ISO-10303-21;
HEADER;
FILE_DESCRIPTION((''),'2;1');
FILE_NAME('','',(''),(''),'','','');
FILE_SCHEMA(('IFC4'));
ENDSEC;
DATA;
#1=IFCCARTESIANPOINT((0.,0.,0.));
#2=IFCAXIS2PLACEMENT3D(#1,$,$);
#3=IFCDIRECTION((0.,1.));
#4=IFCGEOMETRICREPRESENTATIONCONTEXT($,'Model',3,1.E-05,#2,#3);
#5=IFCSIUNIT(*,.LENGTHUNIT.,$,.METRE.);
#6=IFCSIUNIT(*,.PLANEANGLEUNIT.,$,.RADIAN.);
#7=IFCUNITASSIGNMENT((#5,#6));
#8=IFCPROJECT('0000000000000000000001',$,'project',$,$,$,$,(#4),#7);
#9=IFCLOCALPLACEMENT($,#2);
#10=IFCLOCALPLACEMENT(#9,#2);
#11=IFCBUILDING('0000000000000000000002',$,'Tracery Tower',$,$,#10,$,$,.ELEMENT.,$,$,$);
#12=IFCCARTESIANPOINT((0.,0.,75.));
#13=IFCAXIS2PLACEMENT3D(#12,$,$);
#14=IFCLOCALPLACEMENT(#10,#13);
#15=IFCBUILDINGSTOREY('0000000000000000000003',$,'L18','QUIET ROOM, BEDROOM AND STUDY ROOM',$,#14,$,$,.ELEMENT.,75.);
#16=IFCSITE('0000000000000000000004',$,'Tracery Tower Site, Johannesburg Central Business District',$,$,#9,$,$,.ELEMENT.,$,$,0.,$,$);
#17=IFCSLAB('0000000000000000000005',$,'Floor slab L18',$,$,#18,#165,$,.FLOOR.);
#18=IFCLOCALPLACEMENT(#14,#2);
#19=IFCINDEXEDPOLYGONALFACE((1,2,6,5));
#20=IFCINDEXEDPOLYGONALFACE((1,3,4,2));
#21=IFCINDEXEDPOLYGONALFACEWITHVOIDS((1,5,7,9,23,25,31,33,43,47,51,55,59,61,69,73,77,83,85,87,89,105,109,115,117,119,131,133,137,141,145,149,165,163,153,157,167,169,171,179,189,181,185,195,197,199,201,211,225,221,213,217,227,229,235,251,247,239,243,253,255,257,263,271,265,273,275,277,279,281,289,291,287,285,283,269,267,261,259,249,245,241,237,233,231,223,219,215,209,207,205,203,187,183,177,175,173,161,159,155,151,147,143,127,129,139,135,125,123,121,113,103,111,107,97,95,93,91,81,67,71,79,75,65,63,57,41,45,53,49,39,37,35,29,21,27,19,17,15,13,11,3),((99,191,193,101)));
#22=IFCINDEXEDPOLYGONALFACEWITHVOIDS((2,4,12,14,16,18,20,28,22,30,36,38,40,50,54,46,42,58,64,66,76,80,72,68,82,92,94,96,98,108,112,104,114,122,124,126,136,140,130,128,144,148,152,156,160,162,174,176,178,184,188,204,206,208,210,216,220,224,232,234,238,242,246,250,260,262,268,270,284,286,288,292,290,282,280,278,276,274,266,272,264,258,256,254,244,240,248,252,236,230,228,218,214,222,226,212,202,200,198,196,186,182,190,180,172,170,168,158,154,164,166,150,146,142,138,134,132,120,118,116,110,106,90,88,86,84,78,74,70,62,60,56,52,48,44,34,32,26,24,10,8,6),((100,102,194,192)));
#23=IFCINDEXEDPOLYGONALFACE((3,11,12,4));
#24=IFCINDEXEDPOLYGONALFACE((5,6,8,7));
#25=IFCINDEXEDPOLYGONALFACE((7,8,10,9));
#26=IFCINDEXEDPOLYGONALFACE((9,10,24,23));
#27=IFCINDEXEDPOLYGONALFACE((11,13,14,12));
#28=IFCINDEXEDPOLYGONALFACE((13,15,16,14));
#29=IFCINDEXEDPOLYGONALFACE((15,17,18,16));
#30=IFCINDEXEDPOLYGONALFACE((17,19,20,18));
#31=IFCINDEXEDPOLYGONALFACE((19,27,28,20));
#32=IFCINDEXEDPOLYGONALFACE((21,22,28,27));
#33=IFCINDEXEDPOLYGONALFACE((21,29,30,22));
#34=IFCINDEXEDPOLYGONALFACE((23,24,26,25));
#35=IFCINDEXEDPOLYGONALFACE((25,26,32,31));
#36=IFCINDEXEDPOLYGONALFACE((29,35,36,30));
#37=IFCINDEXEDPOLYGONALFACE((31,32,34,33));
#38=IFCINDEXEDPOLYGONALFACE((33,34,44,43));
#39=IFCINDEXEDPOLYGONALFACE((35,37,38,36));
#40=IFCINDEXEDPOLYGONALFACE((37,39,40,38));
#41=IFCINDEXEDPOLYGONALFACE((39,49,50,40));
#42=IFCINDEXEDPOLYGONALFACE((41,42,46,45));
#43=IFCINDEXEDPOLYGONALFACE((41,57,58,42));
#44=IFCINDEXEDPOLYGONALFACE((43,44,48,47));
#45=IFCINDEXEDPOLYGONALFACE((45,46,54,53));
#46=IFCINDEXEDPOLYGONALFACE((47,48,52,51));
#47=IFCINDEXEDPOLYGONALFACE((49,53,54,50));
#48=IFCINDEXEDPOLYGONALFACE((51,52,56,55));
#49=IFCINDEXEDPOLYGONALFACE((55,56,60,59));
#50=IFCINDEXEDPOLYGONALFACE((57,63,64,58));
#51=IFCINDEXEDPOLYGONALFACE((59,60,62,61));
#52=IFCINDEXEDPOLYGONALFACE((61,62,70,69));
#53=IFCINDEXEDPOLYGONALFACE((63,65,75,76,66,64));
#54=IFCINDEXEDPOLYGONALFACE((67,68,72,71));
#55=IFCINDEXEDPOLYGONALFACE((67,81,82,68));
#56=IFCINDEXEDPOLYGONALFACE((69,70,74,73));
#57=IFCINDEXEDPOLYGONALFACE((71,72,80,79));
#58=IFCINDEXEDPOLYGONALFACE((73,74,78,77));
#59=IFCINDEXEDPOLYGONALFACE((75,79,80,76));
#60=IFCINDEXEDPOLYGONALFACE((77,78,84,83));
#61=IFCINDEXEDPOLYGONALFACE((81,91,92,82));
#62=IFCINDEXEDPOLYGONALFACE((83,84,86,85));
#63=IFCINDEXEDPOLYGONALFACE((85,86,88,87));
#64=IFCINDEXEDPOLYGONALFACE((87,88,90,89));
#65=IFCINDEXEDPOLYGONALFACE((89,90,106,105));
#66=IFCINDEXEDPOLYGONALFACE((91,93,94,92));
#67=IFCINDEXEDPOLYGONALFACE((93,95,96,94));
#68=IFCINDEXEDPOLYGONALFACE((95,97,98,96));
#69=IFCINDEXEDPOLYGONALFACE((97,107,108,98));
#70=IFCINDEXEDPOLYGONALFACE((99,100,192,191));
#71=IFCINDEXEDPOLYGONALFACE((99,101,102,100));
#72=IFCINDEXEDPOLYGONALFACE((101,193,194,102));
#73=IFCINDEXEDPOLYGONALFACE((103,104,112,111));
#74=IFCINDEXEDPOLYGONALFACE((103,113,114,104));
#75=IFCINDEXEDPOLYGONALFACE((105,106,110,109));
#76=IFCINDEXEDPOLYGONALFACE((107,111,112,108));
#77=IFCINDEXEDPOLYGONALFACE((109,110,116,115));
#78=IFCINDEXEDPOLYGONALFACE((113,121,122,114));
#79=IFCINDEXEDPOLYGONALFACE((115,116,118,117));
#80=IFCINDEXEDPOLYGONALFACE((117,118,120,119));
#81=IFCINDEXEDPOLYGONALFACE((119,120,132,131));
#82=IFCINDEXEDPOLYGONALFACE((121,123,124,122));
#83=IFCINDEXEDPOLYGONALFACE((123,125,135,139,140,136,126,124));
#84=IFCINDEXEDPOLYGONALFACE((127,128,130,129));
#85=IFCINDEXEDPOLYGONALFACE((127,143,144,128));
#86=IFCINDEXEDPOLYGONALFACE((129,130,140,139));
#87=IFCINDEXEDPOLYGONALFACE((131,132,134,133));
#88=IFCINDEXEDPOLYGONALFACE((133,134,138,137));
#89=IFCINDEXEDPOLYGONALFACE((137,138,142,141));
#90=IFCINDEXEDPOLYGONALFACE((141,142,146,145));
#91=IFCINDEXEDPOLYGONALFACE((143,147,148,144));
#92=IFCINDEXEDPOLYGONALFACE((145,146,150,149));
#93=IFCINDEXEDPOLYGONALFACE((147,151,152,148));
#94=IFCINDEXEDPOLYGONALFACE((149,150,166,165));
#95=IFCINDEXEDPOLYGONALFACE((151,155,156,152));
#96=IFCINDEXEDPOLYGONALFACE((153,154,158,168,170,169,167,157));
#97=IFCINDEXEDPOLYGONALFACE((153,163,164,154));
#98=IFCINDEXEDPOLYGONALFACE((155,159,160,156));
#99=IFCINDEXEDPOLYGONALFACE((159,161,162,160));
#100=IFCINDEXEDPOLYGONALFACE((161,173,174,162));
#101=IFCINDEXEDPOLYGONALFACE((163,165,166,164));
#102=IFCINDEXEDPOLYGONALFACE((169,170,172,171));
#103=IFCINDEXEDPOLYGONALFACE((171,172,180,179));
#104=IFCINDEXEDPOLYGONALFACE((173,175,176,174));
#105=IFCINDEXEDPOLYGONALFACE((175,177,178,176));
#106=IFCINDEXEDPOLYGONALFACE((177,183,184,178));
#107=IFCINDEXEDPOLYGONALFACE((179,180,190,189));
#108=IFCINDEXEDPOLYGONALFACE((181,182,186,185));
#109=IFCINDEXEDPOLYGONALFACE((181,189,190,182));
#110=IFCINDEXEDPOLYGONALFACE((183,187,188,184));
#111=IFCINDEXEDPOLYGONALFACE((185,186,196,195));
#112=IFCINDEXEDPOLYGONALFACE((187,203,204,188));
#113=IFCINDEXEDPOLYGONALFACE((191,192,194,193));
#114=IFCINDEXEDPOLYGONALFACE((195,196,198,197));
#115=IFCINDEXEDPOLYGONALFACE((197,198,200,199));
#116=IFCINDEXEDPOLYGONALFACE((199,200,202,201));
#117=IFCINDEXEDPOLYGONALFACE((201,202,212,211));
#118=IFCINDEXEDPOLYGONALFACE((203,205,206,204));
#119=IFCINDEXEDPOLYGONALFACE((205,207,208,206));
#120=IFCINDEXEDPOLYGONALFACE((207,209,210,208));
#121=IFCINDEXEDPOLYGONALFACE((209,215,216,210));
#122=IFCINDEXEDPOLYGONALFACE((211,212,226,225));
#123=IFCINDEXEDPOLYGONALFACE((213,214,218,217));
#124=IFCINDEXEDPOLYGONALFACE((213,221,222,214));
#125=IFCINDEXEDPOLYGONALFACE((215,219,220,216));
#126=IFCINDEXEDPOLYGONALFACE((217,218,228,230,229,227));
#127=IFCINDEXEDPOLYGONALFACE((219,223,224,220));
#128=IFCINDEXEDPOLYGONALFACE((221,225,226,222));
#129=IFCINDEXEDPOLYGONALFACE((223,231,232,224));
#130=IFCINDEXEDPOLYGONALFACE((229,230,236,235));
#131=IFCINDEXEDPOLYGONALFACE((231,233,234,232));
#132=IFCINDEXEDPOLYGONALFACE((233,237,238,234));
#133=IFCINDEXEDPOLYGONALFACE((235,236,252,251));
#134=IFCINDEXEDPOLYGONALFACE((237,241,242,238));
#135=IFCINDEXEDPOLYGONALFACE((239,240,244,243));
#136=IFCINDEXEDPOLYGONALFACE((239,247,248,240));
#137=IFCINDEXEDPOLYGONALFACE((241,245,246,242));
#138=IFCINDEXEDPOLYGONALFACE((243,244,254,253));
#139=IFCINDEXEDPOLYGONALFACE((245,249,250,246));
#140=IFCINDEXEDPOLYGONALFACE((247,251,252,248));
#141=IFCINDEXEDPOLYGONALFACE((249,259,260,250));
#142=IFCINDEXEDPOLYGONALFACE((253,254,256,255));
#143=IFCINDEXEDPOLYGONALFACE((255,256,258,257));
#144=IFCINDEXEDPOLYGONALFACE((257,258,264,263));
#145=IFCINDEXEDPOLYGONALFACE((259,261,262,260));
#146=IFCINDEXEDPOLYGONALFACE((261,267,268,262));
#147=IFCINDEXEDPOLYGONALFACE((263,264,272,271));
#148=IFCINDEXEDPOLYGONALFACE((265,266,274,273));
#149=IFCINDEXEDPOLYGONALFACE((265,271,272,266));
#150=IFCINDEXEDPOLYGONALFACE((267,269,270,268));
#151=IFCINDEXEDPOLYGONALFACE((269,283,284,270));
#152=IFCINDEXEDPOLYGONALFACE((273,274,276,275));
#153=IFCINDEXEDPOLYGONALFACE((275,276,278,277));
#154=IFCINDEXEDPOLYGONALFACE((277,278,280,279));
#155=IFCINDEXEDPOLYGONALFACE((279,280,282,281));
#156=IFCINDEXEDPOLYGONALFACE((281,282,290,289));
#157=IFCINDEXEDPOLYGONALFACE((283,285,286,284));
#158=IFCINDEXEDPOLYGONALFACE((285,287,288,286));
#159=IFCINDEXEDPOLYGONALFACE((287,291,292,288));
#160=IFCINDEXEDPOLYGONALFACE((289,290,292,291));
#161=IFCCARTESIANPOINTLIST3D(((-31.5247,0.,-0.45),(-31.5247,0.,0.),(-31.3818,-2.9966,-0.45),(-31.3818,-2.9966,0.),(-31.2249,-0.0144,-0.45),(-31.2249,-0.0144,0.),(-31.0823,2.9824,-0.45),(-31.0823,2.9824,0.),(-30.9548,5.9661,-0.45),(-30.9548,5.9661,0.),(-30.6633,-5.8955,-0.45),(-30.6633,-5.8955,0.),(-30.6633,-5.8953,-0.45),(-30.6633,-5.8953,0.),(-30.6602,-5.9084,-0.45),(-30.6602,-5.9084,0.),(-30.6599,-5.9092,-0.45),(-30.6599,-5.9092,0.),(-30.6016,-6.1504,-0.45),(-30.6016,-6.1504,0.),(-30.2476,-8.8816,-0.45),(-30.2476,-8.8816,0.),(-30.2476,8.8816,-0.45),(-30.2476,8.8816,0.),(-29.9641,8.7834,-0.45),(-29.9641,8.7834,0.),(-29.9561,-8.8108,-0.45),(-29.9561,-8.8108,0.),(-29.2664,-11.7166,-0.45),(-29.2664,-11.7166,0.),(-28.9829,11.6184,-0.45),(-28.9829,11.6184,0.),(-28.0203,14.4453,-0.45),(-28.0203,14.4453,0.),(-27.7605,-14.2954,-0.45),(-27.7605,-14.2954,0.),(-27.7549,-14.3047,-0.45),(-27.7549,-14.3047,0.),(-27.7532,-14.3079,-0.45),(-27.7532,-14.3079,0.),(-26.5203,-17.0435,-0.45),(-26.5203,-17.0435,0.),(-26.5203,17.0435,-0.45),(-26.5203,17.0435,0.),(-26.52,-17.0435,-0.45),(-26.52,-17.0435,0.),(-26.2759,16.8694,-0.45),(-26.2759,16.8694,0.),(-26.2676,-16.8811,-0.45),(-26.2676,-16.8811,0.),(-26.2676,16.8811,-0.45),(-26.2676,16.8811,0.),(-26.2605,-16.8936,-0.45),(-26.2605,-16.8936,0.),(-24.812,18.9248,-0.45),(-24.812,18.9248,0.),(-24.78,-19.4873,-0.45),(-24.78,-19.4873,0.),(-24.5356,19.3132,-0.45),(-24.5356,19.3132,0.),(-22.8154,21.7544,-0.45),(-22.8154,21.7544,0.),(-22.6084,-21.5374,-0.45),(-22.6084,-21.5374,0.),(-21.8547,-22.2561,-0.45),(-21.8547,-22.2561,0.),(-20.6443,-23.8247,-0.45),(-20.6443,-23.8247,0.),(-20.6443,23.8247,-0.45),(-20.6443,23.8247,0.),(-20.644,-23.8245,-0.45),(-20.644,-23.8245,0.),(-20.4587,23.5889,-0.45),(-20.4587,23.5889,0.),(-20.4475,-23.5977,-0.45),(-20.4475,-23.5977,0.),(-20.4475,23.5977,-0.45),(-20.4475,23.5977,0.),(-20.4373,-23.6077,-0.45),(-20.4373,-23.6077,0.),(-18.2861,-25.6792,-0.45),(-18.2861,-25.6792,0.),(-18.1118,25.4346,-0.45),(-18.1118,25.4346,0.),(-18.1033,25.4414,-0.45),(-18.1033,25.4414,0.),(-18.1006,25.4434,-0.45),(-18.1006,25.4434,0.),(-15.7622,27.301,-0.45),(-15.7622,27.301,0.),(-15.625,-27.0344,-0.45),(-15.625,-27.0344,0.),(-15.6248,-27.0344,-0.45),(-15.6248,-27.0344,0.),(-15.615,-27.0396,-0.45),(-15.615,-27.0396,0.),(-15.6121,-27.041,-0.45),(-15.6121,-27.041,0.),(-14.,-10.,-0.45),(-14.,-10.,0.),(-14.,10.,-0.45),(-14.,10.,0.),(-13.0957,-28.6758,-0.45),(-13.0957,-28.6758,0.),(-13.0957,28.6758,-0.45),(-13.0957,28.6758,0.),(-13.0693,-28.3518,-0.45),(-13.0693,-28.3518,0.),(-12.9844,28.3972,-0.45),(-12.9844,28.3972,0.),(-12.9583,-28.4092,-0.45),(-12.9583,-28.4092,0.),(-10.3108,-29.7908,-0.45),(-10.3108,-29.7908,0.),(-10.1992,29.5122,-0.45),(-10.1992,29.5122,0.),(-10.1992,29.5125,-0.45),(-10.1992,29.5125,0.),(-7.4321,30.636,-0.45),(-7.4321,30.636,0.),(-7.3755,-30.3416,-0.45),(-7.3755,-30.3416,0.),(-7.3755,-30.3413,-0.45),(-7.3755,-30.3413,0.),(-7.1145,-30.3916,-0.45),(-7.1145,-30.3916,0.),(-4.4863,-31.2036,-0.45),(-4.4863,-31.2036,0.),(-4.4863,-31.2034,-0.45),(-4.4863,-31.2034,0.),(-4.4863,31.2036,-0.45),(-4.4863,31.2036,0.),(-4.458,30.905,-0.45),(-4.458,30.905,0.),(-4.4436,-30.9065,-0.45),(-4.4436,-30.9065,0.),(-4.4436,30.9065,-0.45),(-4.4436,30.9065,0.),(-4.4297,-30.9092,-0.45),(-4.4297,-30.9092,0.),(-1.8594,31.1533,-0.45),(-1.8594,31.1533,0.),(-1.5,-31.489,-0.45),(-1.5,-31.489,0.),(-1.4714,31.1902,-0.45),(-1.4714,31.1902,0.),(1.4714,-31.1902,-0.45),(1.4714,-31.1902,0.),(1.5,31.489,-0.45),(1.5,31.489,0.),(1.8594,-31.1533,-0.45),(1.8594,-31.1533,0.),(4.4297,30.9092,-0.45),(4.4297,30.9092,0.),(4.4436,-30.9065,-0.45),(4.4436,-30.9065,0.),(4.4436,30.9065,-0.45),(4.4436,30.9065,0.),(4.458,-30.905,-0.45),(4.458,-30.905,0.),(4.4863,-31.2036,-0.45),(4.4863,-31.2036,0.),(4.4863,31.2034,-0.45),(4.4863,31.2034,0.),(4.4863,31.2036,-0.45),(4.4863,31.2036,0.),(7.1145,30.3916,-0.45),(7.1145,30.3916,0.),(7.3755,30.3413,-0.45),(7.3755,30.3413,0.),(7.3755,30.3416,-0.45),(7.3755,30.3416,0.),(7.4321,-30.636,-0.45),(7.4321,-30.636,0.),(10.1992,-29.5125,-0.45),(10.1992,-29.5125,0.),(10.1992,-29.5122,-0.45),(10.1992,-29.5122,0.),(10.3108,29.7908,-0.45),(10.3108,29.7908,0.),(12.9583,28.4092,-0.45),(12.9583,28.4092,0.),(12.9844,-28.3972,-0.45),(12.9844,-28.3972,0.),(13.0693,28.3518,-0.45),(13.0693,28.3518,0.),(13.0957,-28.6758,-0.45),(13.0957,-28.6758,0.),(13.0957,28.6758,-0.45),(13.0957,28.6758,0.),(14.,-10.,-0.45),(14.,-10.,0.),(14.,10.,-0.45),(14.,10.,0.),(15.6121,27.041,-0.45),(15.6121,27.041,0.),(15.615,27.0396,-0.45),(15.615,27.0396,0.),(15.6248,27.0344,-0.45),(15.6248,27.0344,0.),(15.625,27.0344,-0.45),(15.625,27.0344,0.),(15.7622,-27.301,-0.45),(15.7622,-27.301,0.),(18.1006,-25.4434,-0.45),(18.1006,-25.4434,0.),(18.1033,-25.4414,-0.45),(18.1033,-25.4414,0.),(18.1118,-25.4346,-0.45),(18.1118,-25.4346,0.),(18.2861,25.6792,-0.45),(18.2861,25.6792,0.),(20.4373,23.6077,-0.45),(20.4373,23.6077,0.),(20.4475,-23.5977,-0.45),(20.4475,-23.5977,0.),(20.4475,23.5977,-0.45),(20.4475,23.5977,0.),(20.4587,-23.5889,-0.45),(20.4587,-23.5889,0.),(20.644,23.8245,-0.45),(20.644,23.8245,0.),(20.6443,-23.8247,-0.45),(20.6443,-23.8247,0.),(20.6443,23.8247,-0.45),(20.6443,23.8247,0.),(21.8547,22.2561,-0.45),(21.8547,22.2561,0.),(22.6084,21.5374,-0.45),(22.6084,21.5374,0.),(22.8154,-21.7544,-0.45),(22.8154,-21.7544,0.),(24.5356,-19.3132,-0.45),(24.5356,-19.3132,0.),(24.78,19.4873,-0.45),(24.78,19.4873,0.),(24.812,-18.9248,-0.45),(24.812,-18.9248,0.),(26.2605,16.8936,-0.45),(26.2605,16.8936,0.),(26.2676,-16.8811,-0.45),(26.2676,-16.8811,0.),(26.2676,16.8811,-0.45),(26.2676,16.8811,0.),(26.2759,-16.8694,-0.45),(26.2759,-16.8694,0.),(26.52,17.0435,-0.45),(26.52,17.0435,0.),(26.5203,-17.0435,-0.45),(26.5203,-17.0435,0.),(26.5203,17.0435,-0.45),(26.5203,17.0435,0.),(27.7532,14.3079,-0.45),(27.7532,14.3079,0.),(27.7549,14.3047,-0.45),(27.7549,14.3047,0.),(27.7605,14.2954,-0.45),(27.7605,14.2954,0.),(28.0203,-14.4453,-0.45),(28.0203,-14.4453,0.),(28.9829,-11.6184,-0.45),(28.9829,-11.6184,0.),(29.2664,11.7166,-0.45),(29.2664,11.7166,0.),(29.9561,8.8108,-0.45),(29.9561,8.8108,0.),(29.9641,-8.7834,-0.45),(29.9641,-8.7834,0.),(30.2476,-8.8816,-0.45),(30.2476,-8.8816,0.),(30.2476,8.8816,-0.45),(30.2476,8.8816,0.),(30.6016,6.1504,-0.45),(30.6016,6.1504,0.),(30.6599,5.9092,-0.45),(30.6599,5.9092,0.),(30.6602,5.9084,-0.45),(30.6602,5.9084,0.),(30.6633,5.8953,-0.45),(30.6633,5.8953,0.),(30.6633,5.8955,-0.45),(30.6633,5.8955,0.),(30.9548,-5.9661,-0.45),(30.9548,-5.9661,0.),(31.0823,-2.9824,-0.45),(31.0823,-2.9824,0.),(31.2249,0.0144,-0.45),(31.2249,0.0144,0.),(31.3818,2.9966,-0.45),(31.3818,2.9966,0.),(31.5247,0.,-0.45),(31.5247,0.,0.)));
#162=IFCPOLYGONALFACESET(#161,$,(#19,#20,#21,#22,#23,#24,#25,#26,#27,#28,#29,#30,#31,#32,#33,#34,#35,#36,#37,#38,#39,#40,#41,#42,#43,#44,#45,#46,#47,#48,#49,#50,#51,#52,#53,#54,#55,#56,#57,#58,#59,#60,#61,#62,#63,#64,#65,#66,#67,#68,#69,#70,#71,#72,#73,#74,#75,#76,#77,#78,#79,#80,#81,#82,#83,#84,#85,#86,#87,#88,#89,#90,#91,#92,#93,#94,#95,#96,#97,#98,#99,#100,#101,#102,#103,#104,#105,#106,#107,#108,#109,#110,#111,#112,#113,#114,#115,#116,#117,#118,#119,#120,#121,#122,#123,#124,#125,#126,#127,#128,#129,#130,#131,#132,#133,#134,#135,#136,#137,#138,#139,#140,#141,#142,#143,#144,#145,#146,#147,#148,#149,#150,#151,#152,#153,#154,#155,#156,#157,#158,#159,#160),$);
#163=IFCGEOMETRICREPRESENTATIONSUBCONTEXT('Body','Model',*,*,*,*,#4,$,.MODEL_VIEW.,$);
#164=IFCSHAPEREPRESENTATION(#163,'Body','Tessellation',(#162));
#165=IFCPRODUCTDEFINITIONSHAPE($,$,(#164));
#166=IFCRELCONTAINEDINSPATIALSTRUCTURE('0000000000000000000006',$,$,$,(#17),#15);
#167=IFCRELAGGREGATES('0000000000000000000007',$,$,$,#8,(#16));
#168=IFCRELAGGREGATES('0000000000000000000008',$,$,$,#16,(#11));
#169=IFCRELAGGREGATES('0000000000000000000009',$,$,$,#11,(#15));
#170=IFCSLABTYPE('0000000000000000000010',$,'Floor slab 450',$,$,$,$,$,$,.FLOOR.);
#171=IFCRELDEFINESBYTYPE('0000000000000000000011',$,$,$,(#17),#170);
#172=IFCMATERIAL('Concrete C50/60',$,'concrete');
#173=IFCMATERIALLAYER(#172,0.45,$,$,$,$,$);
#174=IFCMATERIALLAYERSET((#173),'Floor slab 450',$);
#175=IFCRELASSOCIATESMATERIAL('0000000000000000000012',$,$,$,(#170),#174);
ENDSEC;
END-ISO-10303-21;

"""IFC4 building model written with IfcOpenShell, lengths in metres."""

from ifc_helpers import new_model, si_unit, direction, frame, origin, place, context, subcontext, project, spatial, polyline, outline, extrude, material, layer, layer_set, type_object, element, save


model = new_model("IFC4")

# Units and contexts
model_context = context("Model", 3, precision=1e-05, world=origin(), true_north=direction((0.0, 1.0)))
body_context = subcontext(model_context, "Body", "Model", "MODEL_VIEW")
ifc_project = project(units=[si_unit("LENGTHUNIT", "METRE"), si_unit("PLANEANGLEUNIT", "RADIAN")], contexts=[model_context])

# Site, building, storey
site_placement = place(None, origin())
site = spatial("IfcSite", under=ifc_project, at=site_placement, Name="Tracery Tower Site, Johannesburg Central Business District", CompositionType="ELEMENT", RefElevation=0.0)
building_placement = place(site_placement, origin())
building = spatial("IfcBuilding", under=site, at=building_placement, Name="Tracery Tower", CompositionType="ELEMENT")
storey_placement = place(building_placement, frame((0.0, 0.0, 75.0)))
storey = spatial("IfcBuildingStorey", under=building, at=storey_placement, Name="L18", Description="QUIET ROOM, BEDROOM AND STUDY ROOM", CompositionType="ELEMENT", Elevation=75.0)

# Slab
ifc_material_1 = material(Name="Concrete C50/60", Category="concrete")
ifc_layer_1 = layer(ifc_material_1, 0.45)
ifc_layer_set_1 = layer_set([ifc_layer_1], Name="Floor slab 450")
slab_type_1 = type_object("IfcSlabType", Name="Floor slab 450", PredefinedType="FLOOR", material=ifc_layer_set_1)
slab_1_placement = place(storey_placement, frame((0.0, 0.0, -0.45)))
element("IfcSlab", 1, at=slab_1_placement, inside=storey, type_object=slab_type_1, Name="Floor slab L18", PredefinedType="FLOOR", context=body_context, shape_type="SweptSolid", body=[
    extrude(outline(polyline([(30.6633, 5.8955), (30.6633, 5.8953), (30.6602, 5.9084), (30.6599, 5.9092), (30.6016, 6.1504), (29.9561, 8.8108), (30.2476, 8.8816), (30.2476, 8.8816), (29.2664, 11.7166), (27.7605, 14.2954), (27.7605, 14.2954), (27.7549, 14.3047), (27.7532, 14.3079), (26.2676, 16.8811), (26.2676, 16.8811), (26.2605, 16.8936), (26.52, 17.0435), (26.5203, 17.0435), (24.78, 19.4873), (22.6084, 21.5374), (22.6084, 21.5374), (21.8547, 22.2561), (20.4475, 23.5977), (20.4475, 23.5977), (20.4373, 23.6077), (20.644, 23.8245), (20.6443, 23.8247), (18.2861, 25.6792), (15.625, 27.0344), (15.6248, 27.0344), (15.615, 27.0396), (15.6121, 27.041), (13.0693, 28.3518), (12.9583, 28.4092), (13.0957, 28.6758), (10.3108, 29.7908), (7.3755, 30.3416), (7.3755, 30.3413), (7.1145, 30.3916), (4.4436, 30.9065), (4.4436, 30.9065), (4.4297, 30.9092), (4.4863, 31.2034), (4.4863, 31.2036), (1.5, 31.489), (-1.4714, 31.1902), (-1.4714, 31.1902), (-1.8594, 31.1533), (-4.4436, 30.9065), (-4.4436, 30.9065), (-4.458, 30.905), (-4.4863, 31.2036), (-7.4321, 30.636), (-10.1992, 29.5125), (-10.1992, 29.5122), (-12.9844, 28.3972), (-13.0957, 28.6758), (-13.0957, 28.6758), (-15.7622, 27.301), (-18.1006, 25.4434), (-18.1006, 25.4434), (-18.1033, 25.4414), (-18.1118, 25.4346), (-20.4475, 23.5977), (-20.4475, 23.5977), (-20.4587, 23.5889), (-20.6443, 23.8247), (-22.8154, 21.7544), (-24.5356, 19.3132), (-24.5356, 19.3132), (-24.812, 18.9248), (-26.2676, 16.8811), (-26.2676, 16.8811), (-26.2759, 16.8694), (-26.5203, 17.0435), (-28.0203, 14.4453), (-28.9829, 11.6184), (-28.9829, 11.6184), (-29.9641, 8.7834), (-30.2476, 8.8816), (-30.9548, 5.9661), (-31.0823, 2.9824), (-31.0823, 2.9824), (-31.2249, -0.0144), (-31.5247, 0.0), (-31.5247, 0.0), (-31.3818, -2.9966), (-30.6633, -5.8955), (-30.6633, -5.8953), (-30.6602, -5.9084), (-30.6599, -5.9092), (-30.6016, -6.1504), (-29.9561, -8.8108), (-30.2476, -8.8816), (-30.2476, -8.8816), (-29.2664, -11.7166), (-27.7605, -14.2954), (-27.7605, -14.2954), (-27.7549, -14.3047), (-27.7532, -14.3079), (-26.2676, -16.8811), (-26.2676, -16.8811), (-26.2605, -16.8936), (-26.52, -17.0435), (-26.5203, -17.0435), (-24.78, -19.4873), (-22.6084, -21.5374), (-22.6084, -21.5374), (-21.8547, -22.2561), (-20.4475, -23.5977), (-20.4475, -23.5977), (-20.4373, -23.6077), (-20.644, -23.8245), (-20.6443, -23.8247), (-18.2861, -25.6792), (-15.625, -27.0344), (-15.6248, -27.0344), (-15.615, -27.0396), (-15.6121, -27.041), (-13.0693, -28.3518), (-12.9583, -28.4092), (-13.0957, -28.6758), (-10.3108, -29.7908), (-7.3755, -30.3416), (-7.3755, -30.3413), (-7.1145, -30.3916), (-4.4436, -30.9065), (-4.4436, -30.9065), (-4.4297, -30.9092), (-4.4863, -31.2034), (-4.4863, -31.2036), (-1.5, -31.489), (1.4714, -31.1902), (1.4714, -31.1902), (1.8594, -31.1533), (4.4436, -30.9065), (4.4436, -30.9065), (4.458, -30.905), (4.4863, -31.2036), (7.4321, -30.636), (10.1992, -29.5125), (10.1992, -29.5122), (12.9844, -28.3972), (13.0957, -28.6758), (13.0957, -28.6758), (15.7622, -27.301), (18.1006, -25.4434), (18.1006, -25.4434), (18.1033, -25.4414), (18.1118, -25.4346), (20.4475, -23.5977), (20.4475, -23.5977), (20.4587, -23.5889), (20.6443, -23.8247), (22.8154, -21.7544), (24.5356, -19.3132), (24.5356, -19.3132), (24.812, -18.9248), (26.2676, -16.8811), (26.2676, -16.8811), (26.2759, -16.8694), (26.5203, -17.0435), (28.0203, -14.4453), (28.9829, -11.6184), (28.9829, -11.6184), (29.9641, -8.7834), (30.2476, -8.8816), (30.9548, -5.9661), (31.0823, -2.9824), (31.0823, -2.9824), (31.2249, 0.0144), (31.5247, 0.0), (31.3818, 2.9966), (30.6633, 5.8955)]), holes=[polyline([(-14.0, -10.0), (14.0, -10.0), (14.0, 10.0), (-14.0, 10.0), (-14.0, -10.0)])]), origin(), (0.0, 0.0, 1.0), 0.45),
])

save(model, "model.ifc")
